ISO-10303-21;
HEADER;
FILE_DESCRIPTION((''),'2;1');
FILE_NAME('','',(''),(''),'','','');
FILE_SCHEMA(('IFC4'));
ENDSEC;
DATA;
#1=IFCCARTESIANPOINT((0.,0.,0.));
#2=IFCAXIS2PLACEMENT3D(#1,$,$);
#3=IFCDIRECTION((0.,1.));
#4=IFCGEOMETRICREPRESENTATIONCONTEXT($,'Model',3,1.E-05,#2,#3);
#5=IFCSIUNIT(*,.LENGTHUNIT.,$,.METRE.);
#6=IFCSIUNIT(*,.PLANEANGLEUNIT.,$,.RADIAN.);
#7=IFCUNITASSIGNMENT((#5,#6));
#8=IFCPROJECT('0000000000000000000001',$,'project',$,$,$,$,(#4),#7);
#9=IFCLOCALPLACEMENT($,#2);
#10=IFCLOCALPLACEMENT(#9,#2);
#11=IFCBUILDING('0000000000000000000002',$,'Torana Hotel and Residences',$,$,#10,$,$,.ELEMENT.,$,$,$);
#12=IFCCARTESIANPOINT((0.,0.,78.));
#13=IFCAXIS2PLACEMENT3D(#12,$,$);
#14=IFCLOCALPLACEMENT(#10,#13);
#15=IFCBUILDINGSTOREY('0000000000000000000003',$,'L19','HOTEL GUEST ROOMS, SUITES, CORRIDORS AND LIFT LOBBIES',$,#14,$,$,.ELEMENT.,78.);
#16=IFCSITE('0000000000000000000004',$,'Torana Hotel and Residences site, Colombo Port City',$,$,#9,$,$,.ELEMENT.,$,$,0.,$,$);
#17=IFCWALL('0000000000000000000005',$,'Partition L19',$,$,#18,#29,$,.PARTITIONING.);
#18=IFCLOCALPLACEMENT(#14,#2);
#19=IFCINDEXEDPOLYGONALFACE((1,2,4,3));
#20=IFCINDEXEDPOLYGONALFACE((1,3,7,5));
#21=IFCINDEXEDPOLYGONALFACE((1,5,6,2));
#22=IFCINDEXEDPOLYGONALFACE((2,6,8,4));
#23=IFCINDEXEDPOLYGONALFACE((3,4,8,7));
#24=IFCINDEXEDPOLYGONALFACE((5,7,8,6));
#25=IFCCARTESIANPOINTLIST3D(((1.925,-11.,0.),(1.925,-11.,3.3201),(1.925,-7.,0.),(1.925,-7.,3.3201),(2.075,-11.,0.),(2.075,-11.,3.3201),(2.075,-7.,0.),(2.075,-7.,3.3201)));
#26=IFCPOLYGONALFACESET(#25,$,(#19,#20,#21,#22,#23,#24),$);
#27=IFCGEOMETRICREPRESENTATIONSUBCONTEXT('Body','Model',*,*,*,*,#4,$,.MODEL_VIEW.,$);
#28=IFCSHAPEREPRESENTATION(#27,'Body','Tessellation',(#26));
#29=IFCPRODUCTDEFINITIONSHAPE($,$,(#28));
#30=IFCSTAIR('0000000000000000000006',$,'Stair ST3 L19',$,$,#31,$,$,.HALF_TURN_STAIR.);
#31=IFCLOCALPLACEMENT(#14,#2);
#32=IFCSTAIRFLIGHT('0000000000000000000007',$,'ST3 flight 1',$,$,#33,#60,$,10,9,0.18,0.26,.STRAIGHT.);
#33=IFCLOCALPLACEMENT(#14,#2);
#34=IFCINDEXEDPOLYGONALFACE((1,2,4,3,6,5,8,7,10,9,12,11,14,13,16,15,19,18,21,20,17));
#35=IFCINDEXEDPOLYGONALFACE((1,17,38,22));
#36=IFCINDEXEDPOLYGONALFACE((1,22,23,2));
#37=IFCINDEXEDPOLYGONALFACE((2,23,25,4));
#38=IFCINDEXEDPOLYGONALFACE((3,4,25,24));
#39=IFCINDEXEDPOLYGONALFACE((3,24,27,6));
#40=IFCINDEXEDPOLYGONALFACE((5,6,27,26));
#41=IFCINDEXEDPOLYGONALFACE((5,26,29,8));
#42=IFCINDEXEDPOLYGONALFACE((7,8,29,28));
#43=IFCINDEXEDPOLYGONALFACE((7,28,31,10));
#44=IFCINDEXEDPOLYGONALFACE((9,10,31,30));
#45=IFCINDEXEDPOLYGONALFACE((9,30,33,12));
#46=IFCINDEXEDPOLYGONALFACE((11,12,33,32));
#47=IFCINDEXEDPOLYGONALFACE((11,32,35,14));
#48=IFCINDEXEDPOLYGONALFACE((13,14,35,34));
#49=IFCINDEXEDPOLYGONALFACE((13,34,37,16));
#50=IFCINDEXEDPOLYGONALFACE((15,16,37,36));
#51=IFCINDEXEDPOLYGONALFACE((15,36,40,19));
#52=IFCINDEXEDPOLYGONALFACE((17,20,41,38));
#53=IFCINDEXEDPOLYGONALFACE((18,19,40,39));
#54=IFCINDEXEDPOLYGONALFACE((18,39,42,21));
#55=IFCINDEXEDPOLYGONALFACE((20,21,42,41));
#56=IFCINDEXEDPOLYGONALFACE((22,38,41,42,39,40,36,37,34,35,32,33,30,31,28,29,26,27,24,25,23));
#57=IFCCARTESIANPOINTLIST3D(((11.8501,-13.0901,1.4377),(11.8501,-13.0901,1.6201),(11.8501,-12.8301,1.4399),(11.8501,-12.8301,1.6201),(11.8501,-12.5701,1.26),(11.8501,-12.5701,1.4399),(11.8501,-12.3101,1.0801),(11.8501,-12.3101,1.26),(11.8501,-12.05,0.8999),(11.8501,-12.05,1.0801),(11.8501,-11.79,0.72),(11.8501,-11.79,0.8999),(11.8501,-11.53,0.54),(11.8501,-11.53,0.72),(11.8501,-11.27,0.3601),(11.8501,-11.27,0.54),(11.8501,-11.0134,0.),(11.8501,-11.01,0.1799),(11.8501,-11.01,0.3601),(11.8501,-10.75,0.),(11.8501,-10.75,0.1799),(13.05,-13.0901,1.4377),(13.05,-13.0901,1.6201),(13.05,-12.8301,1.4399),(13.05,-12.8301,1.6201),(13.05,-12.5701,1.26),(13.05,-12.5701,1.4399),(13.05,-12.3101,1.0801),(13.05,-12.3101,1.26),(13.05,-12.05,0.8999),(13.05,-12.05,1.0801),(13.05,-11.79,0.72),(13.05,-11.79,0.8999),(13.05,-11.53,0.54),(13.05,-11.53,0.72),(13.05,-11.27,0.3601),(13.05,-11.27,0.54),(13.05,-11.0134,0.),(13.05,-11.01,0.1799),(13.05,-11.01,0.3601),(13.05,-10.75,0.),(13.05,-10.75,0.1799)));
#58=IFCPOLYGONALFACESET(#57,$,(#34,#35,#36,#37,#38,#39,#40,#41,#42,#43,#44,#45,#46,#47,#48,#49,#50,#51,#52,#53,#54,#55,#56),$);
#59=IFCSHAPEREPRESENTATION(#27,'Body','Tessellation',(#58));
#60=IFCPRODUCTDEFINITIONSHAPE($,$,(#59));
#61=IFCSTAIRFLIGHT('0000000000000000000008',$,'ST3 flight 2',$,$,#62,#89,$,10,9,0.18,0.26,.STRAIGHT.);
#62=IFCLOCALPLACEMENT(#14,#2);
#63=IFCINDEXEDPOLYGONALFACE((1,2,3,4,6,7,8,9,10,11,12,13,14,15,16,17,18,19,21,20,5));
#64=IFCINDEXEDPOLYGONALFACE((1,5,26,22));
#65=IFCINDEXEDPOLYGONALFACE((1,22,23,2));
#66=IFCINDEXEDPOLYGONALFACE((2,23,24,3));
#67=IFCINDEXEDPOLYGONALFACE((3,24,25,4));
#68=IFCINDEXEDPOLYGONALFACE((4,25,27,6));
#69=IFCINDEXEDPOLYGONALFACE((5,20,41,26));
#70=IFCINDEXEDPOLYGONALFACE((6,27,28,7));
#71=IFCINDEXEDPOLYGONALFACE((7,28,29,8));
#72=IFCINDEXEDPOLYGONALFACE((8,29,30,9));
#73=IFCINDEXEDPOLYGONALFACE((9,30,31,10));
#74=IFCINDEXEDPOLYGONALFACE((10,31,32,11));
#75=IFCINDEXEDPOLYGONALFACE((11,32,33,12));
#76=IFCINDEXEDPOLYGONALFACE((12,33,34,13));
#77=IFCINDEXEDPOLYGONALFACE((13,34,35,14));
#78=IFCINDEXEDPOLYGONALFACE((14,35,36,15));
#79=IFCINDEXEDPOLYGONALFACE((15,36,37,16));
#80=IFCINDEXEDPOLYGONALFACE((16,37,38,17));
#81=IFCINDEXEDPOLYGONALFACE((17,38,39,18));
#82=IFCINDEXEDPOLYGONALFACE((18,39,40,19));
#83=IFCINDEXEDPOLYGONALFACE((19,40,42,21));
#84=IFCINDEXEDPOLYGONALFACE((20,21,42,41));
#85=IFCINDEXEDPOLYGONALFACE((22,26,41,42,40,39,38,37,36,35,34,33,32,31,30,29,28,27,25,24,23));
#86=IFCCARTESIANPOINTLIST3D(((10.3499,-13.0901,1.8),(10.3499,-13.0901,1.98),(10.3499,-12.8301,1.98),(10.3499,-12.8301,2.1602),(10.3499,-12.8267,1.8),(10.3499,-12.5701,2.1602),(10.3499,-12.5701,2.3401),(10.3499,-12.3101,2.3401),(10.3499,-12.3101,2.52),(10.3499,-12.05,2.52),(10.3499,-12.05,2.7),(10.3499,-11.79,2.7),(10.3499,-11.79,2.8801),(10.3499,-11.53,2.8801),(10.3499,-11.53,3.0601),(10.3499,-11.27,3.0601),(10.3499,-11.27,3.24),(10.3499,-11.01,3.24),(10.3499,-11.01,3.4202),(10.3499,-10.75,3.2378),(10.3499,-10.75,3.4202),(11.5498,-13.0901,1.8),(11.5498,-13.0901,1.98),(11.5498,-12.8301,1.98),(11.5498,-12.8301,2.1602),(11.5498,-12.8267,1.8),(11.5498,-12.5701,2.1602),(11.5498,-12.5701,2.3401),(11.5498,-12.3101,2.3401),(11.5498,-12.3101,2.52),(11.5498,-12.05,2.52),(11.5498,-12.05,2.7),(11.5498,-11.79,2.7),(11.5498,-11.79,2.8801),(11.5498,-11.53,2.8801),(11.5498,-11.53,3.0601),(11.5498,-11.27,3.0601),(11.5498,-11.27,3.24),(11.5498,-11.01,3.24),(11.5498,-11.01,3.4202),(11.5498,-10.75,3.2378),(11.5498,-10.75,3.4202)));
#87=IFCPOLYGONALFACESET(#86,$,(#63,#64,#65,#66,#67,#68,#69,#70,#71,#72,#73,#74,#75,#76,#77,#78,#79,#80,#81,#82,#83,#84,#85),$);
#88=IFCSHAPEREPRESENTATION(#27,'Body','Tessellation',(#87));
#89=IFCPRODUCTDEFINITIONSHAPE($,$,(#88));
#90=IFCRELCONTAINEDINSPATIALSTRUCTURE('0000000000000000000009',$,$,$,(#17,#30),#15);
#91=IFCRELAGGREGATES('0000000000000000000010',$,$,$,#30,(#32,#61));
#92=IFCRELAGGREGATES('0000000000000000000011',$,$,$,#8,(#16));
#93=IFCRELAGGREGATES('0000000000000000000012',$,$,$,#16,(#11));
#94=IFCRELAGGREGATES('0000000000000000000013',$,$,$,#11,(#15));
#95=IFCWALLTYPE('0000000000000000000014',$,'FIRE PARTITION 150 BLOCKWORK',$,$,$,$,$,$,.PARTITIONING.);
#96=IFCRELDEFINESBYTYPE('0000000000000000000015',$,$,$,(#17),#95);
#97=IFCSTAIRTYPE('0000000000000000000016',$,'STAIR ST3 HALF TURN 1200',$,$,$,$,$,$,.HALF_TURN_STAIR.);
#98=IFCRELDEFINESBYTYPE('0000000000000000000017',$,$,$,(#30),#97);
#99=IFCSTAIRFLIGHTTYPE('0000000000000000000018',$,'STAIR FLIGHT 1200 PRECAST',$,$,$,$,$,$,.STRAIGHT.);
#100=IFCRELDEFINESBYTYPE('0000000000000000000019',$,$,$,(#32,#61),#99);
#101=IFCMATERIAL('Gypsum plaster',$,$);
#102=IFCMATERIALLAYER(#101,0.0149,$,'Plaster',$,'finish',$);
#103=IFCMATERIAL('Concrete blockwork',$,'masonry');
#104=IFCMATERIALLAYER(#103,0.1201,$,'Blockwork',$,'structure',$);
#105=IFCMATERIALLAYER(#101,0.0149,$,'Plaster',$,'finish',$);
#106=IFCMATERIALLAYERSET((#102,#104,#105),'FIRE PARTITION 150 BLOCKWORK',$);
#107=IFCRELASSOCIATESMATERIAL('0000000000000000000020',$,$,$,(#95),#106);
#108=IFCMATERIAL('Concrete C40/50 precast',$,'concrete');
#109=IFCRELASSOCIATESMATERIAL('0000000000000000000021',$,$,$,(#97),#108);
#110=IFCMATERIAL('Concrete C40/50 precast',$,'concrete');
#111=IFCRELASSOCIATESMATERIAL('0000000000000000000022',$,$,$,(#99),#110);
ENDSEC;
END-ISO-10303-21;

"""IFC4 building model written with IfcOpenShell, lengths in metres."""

from ifc_helpers import new_model, si_unit, direction, frame, frame_2d, origin, place, context, subcontext, project, spatial, polyline, rectangle, outline, extrude, material, layer, layer_set, type_object, element, aggregate, save


model = new_model("IFC4")

# Units and contexts
model_context = context("Model", 3, precision=1e-05, world=origin(), true_north=direction((0.0, 1.0)))
body_context = subcontext(model_context, "Body", "Model", "MODEL_VIEW")
ifc_project = project(units=[si_unit("LENGTHUNIT", "METRE"), si_unit("PLANEANGLEUNIT", "RADIAN")], contexts=[model_context])

# Site, building, storey
site_placement = place(None, origin())
site = spatial("IfcSite", under=ifc_project, at=site_placement, Name="Torana Hotel and Residences site, Colombo Port City", CompositionType="ELEMENT", RefElevation=0.0)
building_placement = place(site_placement, origin())
building = spatial("IfcBuilding", under=site, at=building_placement, Name="Torana Hotel and Residences", CompositionType="ELEMENT")
storey_placement = place(building_placement, frame((0.0, 0.0, 78.0)))
storey = spatial("IfcBuildingStorey", under=building, at=storey_placement, Name="L19", Description="HOTEL GUEST ROOMS, SUITES, CORRIDORS AND LIFT LOBBIES", CompositionType="ELEMENT", Elevation=78.0)

# Wall
ifc_material_1 = material(Name="Gypsum plaster")
ifc_layer_1 = layer(ifc_material_1, 0.0149, Name="Plaster", Category="finish")
ifc_material_2 = material(Name="Concrete blockwork", Category="masonry")
ifc_layer_2 = layer(ifc_material_2, 0.1201, Name="Blockwork", Category="structure")
ifc_layer_3 = layer(ifc_material_1, 0.0149, Name="Plaster", Category="finish")
ifc_layer_set_1 = layer_set([ifc_layer_1, ifc_layer_2, ifc_layer_3], Name="FIRE PARTITION 150 BLOCKWORK")
wall_type_1 = type_object("IfcWallType", Name="FIRE PARTITION 150 BLOCKWORK", PredefinedType="PARTITIONING", material=ifc_layer_set_1)
wall_1_placement = place(storey_placement, frame((2.0, -11.0, 0.0), z_axis=(0.0, 0.0, 1.0), x_axis=(0.0, 1.0, 0.0)))
element("IfcWall", 1, at=wall_1_placement, inside=storey, type_object=wall_type_1, Name="Partition L19", PredefinedType="PARTITIONING", context=body_context, shape_type="SweptSolid", body=[
    extrude(rectangle(XDim=4.0, YDim=0.1499, at=frame_2d((2.0, 0.0))), origin(), (0.0, 0.0, 1.0), 3.3201),
])

# Stair, stair flights
ifc_material_3 = material(Name="Concrete C40/50 precast", Category="concrete")
stair_type = type_object("IfcStairType", Name="STAIR ST3 HALF TURN 1200", PredefinedType="HALF_TURN_STAIR", material=ifc_material_3)
stair_placement = place(storey_placement, origin())
stair = element("IfcStair", 2, at=stair_placement, inside=storey, type_object=stair_type, Name="Stair ST3 L19", PredefinedType="HALF_TURN_STAIR")
ifc_material_4 = material(Name="Concrete C40/50 precast", Category="concrete")
stair_flight_type = type_object("IfcStairFlightType", Name="STAIR FLIGHT 1200 PRECAST", PredefinedType="STRAIGHT", material=ifc_material_4)
stair_flight_1_placement = place(storey_placement, frame((12.45, -10.75, 0.0), z_axis=(0.0, 0.0, 1.0), x_axis=(0.0, -1.0, 0.0)))
stair_flight_1 = element("IfcStairFlight", 3, at=stair_flight_1_placement, type_object=stair_flight_type, Name="ST3 flight 1", NumberOfRisers=10, NumberOfTreads=9, PredefinedType="STRAIGHT", RiserHeight=0.18, TreadLength=0.26, context=body_context, shape_type="SweptSolid", body=[
    extrude(outline(polyline([(0.0, 0.0), (0.0, 0.1799), (0.26, 0.1799), (0.26, 0.3601), (0.52, 0.3601), (0.52, 0.54), (0.78, 0.54), (0.78, 0.72), (1.04, 0.72), (1.04, 0.8999), (1.3, 0.8999), (1.3, 1.0801), (1.5601, 1.0801), (1.5601, 1.26), (1.8201, 1.26), (1.8201, 1.4399), (2.0801, 1.4399), (2.0801, 1.6201), (2.3401, 1.6201), (2.3401, 1.8), (2.3401, 1.4377), (0.2634, 0.0), (0.0, 0.0)])), frame((0.0, 0.6001, 0.0), z_axis=(0.0, -1.0, 0.0), x_axis=(1.0, 0.0, 0.0)), (0.0, 0.0, 1.0), 1.2),
])
stair_flight_2_placement = place(storey_placement, frame((10.95, -13.0901, 1.8), z_axis=(0.0, 0.0, 1.0), x_axis=(0.0, 1.0, 0.0)))
stair_flight_2 = element("IfcStairFlight", 4, at=stair_flight_2_placement, type_object=stair_flight_type, Name="ST3 flight 2", NumberOfRisers=10, NumberOfTreads=9, PredefinedType="STRAIGHT", RiserHeight=0.18, TreadLength=0.26, context=body_context, shape_type="SweptSolid", body=[
    extrude(outline(polyline([(0.0, 0.0), (0.0, 0.1799), (0.26, 0.1799), (0.26, 0.3601), (0.52, 0.3601), (0.52, 0.54), (0.78, 0.54), (0.78, 0.72), (1.04, 0.72), (1.04, 0.8999), (1.3, 0.8999), (1.3, 1.0801), (1.5601, 1.0801), (1.5601, 1.26), (1.8201, 1.26), (1.8201, 1.4399), (2.0801, 1.4399), (2.0801, 1.6201), (2.3401, 1.6201), (2.3401, 1.8), (2.3401, 1.4377), (0.2634, 0.0), (0.0, 0.0)])), frame((0.0, 0.6001, 0.0), z_axis=(0.0, -1.0, 0.0), x_axis=(1.0, 0.0, 0.0)), (0.0, 0.0, 1.0), 1.2),
])
aggregate(stair, [stair_flight_1, stair_flight_2])

save(model, "model.ifc")
